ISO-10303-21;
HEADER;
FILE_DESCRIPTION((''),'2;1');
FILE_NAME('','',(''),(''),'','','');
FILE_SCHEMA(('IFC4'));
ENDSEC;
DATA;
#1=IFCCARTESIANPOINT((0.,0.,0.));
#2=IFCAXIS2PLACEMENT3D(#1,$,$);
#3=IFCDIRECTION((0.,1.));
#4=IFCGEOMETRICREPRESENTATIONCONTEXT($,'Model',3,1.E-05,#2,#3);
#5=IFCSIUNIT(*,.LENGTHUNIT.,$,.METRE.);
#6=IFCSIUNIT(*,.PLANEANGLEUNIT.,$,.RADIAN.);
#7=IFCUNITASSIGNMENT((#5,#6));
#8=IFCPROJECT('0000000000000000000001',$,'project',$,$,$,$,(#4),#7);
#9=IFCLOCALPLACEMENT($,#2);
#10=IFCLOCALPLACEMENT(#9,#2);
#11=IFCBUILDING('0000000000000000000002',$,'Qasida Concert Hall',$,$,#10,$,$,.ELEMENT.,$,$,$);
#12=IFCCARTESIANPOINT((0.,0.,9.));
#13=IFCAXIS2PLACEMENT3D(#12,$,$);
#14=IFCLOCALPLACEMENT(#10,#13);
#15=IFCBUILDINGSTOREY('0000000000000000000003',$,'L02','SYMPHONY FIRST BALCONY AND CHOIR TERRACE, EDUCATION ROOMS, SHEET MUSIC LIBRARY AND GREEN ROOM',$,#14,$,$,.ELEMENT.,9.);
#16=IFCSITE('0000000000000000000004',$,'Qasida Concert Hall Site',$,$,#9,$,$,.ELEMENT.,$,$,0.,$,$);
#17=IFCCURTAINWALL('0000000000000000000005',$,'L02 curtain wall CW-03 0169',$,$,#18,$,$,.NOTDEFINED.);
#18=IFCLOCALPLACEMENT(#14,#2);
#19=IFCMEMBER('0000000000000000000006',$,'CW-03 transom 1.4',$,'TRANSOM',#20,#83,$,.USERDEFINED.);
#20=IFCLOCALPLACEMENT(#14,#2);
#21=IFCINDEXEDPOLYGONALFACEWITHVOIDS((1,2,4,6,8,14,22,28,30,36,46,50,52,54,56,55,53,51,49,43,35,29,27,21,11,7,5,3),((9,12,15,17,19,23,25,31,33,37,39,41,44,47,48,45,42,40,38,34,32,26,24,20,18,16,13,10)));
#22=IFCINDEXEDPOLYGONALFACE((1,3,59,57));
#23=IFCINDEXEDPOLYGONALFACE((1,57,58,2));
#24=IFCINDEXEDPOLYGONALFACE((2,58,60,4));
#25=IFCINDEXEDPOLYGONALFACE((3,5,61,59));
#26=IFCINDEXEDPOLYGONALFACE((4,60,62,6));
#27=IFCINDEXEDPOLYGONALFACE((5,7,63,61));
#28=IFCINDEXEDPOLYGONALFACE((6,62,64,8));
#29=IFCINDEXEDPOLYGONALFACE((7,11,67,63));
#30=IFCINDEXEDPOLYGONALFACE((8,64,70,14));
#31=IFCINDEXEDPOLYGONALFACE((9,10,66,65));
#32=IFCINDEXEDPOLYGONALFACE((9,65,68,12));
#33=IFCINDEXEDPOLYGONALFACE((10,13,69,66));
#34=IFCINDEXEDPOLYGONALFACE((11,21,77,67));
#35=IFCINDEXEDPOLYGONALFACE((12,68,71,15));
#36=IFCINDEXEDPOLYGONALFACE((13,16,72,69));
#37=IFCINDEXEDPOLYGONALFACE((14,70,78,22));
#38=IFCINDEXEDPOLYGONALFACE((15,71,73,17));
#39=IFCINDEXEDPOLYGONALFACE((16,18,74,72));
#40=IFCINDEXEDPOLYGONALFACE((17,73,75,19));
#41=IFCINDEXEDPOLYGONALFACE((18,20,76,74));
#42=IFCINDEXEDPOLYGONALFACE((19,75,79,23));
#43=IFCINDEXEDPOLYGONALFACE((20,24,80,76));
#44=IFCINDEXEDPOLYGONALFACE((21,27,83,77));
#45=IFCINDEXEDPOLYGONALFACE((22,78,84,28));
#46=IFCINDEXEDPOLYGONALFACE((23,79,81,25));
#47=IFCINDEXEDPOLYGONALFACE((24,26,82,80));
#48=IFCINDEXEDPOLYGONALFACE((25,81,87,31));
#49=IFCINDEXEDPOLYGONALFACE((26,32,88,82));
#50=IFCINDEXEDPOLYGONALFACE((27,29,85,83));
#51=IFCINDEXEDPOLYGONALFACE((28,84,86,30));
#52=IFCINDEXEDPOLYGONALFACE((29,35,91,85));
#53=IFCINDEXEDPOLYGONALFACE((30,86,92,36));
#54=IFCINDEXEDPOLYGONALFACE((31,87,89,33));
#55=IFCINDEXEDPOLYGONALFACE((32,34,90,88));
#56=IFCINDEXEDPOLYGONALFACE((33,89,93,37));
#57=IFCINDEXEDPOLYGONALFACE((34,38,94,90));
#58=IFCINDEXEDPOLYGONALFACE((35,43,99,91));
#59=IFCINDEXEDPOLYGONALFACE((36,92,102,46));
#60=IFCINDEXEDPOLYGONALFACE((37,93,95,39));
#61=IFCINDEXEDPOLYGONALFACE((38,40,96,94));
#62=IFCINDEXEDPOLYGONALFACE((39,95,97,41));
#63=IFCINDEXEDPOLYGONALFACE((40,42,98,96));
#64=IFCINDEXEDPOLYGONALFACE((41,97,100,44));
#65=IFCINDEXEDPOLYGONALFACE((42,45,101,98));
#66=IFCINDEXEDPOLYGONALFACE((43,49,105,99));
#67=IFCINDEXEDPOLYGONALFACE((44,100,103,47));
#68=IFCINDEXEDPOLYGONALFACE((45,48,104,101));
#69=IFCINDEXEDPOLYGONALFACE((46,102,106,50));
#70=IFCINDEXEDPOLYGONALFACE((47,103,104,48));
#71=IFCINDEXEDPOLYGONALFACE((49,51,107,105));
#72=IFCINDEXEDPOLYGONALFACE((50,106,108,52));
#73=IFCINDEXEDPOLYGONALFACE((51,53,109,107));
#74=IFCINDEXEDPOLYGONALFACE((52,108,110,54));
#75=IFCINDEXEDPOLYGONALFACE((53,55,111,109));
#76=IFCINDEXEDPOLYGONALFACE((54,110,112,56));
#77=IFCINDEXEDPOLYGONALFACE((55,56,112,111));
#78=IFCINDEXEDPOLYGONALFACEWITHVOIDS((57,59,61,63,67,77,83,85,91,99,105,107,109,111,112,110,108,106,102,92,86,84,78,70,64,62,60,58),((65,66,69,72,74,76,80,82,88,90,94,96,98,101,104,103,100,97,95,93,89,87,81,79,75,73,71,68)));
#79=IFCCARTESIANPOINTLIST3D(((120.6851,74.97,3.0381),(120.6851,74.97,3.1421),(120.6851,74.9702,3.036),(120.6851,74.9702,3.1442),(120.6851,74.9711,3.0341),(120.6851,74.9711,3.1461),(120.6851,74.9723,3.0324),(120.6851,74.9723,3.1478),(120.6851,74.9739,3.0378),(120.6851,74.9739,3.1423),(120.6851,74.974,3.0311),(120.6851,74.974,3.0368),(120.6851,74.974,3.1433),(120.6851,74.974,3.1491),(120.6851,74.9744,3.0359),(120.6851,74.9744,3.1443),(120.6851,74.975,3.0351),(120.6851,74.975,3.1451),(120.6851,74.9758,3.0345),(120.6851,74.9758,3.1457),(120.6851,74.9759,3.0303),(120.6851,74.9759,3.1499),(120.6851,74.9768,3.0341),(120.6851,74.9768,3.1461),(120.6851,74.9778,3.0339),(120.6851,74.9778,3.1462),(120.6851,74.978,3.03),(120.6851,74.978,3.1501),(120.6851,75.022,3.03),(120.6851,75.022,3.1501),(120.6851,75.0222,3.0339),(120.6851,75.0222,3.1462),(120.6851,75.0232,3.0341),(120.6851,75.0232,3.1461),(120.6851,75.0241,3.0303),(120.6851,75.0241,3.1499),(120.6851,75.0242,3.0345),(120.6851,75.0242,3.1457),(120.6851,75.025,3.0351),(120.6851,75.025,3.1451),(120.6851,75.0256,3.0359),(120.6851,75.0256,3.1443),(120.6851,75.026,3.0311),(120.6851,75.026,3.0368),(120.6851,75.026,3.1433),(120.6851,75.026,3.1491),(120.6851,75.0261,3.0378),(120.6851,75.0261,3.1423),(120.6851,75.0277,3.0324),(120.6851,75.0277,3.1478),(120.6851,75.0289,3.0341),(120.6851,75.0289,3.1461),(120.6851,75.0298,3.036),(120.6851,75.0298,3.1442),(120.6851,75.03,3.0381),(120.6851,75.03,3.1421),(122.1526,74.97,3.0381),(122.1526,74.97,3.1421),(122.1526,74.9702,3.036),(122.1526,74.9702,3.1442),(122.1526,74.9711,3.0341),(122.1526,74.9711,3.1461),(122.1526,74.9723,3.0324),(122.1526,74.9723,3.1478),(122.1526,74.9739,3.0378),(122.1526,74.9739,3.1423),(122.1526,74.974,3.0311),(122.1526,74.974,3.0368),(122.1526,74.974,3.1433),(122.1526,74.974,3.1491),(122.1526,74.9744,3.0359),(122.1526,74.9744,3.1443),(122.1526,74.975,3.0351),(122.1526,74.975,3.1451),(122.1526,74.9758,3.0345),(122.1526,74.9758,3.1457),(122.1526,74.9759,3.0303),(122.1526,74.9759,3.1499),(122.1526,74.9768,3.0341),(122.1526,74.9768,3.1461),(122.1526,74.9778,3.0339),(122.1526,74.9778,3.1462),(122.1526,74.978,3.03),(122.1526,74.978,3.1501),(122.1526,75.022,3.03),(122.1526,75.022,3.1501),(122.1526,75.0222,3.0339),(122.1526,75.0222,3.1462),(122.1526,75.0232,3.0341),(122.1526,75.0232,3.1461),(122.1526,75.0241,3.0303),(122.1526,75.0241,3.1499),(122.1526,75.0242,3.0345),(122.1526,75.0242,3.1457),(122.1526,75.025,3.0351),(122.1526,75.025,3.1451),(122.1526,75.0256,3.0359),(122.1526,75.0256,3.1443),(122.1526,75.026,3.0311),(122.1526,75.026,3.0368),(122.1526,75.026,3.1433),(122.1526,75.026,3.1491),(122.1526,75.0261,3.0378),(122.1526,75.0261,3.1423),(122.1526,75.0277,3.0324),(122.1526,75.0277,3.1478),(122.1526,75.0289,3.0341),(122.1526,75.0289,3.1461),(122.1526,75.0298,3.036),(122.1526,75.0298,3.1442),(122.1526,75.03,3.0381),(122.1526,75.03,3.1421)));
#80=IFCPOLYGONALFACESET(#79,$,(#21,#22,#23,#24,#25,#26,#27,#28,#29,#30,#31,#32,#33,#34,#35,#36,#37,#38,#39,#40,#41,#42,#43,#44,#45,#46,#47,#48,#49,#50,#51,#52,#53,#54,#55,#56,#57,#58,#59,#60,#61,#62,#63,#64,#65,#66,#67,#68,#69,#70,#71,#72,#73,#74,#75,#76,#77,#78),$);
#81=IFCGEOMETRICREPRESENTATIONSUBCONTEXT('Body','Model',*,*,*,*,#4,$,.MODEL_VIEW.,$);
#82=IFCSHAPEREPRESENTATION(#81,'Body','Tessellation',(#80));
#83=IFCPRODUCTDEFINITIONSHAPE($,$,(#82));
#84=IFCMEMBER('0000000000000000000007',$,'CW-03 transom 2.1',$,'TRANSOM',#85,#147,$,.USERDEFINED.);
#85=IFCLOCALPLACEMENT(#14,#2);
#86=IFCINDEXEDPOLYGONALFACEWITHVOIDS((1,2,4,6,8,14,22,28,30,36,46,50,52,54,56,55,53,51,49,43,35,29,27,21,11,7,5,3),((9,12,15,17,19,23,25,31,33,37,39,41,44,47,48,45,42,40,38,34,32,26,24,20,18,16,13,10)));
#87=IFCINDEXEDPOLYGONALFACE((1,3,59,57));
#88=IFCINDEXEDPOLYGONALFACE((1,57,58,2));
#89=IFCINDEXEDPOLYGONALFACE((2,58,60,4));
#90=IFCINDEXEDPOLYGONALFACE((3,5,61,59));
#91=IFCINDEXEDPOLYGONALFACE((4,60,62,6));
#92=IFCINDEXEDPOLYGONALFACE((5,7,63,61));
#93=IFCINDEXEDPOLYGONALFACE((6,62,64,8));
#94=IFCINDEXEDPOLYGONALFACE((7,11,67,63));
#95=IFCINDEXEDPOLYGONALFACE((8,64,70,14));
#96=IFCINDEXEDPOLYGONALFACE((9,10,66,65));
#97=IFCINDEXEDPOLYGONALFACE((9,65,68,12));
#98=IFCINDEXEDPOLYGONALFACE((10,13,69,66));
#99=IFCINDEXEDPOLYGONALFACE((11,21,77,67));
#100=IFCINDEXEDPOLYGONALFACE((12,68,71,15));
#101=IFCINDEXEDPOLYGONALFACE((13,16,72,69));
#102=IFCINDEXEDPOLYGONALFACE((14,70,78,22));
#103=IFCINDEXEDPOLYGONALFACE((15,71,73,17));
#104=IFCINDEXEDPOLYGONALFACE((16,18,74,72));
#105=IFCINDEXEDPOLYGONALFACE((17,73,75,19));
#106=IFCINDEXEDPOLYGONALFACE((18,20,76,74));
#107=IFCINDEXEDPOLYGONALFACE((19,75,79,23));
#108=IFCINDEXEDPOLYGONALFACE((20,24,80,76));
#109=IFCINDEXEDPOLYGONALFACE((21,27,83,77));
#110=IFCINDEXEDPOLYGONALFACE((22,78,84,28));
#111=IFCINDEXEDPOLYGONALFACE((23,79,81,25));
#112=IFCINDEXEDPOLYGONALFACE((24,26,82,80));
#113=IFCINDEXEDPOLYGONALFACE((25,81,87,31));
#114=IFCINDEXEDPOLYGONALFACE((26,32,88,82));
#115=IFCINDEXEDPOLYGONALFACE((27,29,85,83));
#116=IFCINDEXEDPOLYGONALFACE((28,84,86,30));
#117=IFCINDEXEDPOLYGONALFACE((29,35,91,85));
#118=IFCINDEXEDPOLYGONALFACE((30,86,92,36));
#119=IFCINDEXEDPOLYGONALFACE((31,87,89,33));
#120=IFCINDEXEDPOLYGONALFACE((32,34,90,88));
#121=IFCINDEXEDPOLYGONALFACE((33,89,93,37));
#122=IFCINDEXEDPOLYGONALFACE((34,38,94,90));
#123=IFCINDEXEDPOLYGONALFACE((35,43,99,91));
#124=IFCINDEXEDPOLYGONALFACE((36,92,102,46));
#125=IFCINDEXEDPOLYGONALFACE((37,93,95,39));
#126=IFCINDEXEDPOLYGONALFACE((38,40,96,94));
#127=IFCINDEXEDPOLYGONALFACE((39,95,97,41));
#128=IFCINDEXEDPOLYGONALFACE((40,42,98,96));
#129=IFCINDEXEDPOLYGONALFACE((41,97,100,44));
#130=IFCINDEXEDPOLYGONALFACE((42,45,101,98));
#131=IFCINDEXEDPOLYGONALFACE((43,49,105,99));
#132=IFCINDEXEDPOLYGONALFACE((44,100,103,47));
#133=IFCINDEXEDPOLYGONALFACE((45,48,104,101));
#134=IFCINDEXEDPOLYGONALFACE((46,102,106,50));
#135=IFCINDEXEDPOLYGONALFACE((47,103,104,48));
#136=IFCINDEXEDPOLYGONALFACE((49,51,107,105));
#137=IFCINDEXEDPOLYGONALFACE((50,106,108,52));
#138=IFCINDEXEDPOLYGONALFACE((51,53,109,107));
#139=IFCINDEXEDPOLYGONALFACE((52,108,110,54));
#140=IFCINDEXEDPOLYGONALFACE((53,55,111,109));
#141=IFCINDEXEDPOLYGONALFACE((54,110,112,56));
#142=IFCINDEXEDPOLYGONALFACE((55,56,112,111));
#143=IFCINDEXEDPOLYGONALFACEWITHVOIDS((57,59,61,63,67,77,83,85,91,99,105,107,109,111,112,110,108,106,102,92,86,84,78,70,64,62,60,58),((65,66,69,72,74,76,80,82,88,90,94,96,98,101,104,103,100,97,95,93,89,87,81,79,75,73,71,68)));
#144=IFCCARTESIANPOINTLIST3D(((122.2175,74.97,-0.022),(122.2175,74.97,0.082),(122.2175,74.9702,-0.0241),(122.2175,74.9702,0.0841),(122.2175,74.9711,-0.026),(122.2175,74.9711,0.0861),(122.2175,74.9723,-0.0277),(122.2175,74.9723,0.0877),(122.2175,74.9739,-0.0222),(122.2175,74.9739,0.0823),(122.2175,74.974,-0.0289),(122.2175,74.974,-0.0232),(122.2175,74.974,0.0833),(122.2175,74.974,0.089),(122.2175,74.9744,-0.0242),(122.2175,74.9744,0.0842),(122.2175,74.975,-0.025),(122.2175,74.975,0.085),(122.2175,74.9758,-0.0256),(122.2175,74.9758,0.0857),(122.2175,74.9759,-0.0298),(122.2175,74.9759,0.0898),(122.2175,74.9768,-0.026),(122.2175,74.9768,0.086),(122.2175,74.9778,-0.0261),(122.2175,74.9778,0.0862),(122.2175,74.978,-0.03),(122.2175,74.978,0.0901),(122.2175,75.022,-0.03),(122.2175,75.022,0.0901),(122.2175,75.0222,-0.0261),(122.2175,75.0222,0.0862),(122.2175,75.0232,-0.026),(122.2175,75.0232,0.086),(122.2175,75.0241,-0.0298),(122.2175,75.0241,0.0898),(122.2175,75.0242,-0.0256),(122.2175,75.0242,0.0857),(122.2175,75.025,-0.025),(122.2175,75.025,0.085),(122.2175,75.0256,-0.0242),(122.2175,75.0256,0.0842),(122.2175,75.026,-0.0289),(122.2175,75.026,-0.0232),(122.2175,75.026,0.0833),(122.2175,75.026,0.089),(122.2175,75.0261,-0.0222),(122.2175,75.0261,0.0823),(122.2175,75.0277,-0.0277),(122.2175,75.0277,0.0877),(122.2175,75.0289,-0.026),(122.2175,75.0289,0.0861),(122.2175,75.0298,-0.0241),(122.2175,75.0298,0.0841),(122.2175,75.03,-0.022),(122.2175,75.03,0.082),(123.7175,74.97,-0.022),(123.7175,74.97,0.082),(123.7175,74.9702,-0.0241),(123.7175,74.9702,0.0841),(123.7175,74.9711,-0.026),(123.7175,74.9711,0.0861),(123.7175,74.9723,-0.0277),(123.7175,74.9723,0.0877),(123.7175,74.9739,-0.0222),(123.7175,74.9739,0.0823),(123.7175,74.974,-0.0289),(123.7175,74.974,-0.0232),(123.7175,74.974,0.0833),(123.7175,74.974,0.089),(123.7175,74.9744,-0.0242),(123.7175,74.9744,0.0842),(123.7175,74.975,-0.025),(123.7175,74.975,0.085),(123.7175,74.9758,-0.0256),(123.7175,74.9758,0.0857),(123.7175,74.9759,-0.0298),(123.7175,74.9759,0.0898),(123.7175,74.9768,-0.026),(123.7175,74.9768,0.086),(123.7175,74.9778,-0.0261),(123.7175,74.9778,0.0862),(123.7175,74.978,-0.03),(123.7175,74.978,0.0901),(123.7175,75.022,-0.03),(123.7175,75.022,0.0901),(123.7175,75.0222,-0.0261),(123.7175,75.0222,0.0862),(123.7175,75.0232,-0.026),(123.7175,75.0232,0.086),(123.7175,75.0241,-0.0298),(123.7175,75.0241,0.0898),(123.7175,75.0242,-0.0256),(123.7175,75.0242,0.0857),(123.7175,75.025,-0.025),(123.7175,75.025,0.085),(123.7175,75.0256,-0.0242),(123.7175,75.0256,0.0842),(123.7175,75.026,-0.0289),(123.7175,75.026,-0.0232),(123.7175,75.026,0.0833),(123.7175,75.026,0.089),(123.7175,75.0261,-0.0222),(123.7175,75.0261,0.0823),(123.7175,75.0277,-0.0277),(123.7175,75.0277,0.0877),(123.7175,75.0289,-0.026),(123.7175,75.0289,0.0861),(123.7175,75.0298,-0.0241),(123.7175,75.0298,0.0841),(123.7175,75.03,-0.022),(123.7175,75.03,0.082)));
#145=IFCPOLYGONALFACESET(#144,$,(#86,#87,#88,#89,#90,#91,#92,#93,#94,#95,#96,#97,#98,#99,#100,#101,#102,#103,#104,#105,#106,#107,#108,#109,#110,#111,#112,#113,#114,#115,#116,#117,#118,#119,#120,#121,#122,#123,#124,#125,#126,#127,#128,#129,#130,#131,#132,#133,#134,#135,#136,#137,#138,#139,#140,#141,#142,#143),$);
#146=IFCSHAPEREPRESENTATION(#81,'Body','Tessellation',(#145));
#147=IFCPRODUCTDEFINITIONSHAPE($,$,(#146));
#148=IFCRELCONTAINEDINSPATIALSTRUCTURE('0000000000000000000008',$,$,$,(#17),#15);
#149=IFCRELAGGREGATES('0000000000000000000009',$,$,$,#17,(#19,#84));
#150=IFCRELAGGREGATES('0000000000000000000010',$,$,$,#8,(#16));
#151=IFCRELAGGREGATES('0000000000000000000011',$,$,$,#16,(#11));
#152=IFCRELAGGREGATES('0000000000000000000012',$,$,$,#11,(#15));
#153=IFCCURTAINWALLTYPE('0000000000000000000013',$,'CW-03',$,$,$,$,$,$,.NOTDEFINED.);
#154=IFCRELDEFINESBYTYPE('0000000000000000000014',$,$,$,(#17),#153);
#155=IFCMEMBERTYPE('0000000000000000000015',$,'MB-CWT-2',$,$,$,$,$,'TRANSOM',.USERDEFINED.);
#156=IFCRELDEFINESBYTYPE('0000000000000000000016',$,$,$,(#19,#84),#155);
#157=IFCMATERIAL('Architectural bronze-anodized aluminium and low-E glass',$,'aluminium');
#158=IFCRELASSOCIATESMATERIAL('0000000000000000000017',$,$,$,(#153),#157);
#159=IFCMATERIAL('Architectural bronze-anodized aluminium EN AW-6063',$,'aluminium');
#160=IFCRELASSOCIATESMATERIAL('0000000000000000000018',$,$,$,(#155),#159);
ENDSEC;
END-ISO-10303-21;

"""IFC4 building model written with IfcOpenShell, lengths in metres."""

from ifc_helpers import new_model, si_unit, direction, frame, origin, origin_2d, place, context, subcontext, project, spatial, hollow_rectangle, extrude, material, material_profile, profile_set, type_object, element, aggregate, save


model = new_model("IFC4")

# Units and contexts
model_context = context("Model", 3, precision=1e-05, world=origin(), true_north=direction((0.0, 1.0)))
body_context = subcontext(model_context, "Body", "Model", "MODEL_VIEW")
ifc_project = project(units=[si_unit("LENGTHUNIT", "METRE"), si_unit("PLANEANGLEUNIT", "RADIAN")], contexts=[model_context])

# Site, building, storey
site_placement = place(None, origin())
site = spatial("IfcSite", under=ifc_project, at=site_placement, Name="Qasida Concert Hall Site", CompositionType="ELEMENT", RefElevation=0.0)
building_placement = place(site_placement, origin())
building = spatial("IfcBuilding", under=site, at=building_placement, Name="Qasida Concert Hall", CompositionType="ELEMENT")
storey_placement = place(building_placement, frame((0.0, 0.0, 9.0)))
storey = spatial("IfcBuildingStorey", under=building, at=storey_placement, Name="L02", Description="SYMPHONY FIRST BALCONY AND CHOIR TERRACE, EDUCATION ROOMS, SHEET MUSIC LIBRARY AND GREEN ROOM", CompositionType="ELEMENT", Elevation=9.0)

# Shared definitions
ifc_material_1 = material(Name="Architectural bronze-anodized aluminium and low-E glass", Category="aluminium")
curtain_wall_type = type_object("IfcCurtainWallType", Name="CW-03", PredefinedType="NOTDEFINED", material=ifc_material_1)
ifc_material_2 = material(Name="Architectural bronze-anodized aluminium EN AW-6063", Category="aluminium")

# Curtain wall
curtain_wall_1_placement = place(storey_placement, origin())
curtain_wall_1 = element("IfcCurtainWall", 1, at=curtain_wall_1_placement, inside=storey, type_object=curtain_wall_type, Name="L02 curtain wall CW-03 0169", PredefinedType="NOTDEFINED")

# Members
ifc_material_profile_1 = material_profile(ifc_material_2, hollow_rectangle(XDim=0.0601, YDim=0.1201, WallThickness=0.0039, InnerFilletRadius=0.0039, OuterFilletRadius=0.0081, at=origin_2d()), Name="CWT 120x60x4")
ifc_profile_set_1 = profile_set([ifc_material_profile_1], Name="Architectural bronze-anodized aluminium EN AW-6063")
member_type_1 = type_object("IfcMemberType", Name="MB-CWT-2", ElementType="TRANSOM", PredefinedType="USERDEFINED", material=ifc_profile_set_1)
member_1_placement = place(storey_placement, frame((120.6851, 75.0, 3.0901), z_axis=(1.0, 0.0, 0.0), x_axis=(0.0, 1.0, 0.0)))
member_1 = element("IfcMember", 2, at=member_1_placement, type_object=member_type_1, Name="CW-03 transom 1.4", ObjectType="TRANSOM", PredefinedType="USERDEFINED", context=body_context, shape_type="SweptSolid", body=[
    extrude(hollow_rectangle(XDim=0.0601, YDim=0.1201, WallThickness=0.0039, InnerFilletRadius=0.0039, OuterFilletRadius=0.0081, at=origin_2d()), origin(), (0.0, 0.0, 1.0), 1.4675),
])
member_2_placement = place(storey_placement, frame((122.2175, 75.0, 0.03), z_axis=(1.0, 0.0, 0.0), x_axis=(0.0, 1.0, 0.0)))
member_2 = element("IfcMember", 3, at=member_2_placement, type_object=member_type_1, Name="CW-03 transom 2.1", ObjectType="TRANSOM", PredefinedType="USERDEFINED", context=body_context, shape_type="SweptSolid", body=[
    extrude(hollow_rectangle(XDim=0.0601, YDim=0.1201, WallThickness=0.0039, InnerFilletRadius=0.0039, OuterFilletRadius=0.0081, at=origin_2d()), origin(), (0.0, 0.0, 1.0), 1.5),
])

aggregate(curtain_wall_1, [member_1, member_2])

save(model, "model.ifc")
